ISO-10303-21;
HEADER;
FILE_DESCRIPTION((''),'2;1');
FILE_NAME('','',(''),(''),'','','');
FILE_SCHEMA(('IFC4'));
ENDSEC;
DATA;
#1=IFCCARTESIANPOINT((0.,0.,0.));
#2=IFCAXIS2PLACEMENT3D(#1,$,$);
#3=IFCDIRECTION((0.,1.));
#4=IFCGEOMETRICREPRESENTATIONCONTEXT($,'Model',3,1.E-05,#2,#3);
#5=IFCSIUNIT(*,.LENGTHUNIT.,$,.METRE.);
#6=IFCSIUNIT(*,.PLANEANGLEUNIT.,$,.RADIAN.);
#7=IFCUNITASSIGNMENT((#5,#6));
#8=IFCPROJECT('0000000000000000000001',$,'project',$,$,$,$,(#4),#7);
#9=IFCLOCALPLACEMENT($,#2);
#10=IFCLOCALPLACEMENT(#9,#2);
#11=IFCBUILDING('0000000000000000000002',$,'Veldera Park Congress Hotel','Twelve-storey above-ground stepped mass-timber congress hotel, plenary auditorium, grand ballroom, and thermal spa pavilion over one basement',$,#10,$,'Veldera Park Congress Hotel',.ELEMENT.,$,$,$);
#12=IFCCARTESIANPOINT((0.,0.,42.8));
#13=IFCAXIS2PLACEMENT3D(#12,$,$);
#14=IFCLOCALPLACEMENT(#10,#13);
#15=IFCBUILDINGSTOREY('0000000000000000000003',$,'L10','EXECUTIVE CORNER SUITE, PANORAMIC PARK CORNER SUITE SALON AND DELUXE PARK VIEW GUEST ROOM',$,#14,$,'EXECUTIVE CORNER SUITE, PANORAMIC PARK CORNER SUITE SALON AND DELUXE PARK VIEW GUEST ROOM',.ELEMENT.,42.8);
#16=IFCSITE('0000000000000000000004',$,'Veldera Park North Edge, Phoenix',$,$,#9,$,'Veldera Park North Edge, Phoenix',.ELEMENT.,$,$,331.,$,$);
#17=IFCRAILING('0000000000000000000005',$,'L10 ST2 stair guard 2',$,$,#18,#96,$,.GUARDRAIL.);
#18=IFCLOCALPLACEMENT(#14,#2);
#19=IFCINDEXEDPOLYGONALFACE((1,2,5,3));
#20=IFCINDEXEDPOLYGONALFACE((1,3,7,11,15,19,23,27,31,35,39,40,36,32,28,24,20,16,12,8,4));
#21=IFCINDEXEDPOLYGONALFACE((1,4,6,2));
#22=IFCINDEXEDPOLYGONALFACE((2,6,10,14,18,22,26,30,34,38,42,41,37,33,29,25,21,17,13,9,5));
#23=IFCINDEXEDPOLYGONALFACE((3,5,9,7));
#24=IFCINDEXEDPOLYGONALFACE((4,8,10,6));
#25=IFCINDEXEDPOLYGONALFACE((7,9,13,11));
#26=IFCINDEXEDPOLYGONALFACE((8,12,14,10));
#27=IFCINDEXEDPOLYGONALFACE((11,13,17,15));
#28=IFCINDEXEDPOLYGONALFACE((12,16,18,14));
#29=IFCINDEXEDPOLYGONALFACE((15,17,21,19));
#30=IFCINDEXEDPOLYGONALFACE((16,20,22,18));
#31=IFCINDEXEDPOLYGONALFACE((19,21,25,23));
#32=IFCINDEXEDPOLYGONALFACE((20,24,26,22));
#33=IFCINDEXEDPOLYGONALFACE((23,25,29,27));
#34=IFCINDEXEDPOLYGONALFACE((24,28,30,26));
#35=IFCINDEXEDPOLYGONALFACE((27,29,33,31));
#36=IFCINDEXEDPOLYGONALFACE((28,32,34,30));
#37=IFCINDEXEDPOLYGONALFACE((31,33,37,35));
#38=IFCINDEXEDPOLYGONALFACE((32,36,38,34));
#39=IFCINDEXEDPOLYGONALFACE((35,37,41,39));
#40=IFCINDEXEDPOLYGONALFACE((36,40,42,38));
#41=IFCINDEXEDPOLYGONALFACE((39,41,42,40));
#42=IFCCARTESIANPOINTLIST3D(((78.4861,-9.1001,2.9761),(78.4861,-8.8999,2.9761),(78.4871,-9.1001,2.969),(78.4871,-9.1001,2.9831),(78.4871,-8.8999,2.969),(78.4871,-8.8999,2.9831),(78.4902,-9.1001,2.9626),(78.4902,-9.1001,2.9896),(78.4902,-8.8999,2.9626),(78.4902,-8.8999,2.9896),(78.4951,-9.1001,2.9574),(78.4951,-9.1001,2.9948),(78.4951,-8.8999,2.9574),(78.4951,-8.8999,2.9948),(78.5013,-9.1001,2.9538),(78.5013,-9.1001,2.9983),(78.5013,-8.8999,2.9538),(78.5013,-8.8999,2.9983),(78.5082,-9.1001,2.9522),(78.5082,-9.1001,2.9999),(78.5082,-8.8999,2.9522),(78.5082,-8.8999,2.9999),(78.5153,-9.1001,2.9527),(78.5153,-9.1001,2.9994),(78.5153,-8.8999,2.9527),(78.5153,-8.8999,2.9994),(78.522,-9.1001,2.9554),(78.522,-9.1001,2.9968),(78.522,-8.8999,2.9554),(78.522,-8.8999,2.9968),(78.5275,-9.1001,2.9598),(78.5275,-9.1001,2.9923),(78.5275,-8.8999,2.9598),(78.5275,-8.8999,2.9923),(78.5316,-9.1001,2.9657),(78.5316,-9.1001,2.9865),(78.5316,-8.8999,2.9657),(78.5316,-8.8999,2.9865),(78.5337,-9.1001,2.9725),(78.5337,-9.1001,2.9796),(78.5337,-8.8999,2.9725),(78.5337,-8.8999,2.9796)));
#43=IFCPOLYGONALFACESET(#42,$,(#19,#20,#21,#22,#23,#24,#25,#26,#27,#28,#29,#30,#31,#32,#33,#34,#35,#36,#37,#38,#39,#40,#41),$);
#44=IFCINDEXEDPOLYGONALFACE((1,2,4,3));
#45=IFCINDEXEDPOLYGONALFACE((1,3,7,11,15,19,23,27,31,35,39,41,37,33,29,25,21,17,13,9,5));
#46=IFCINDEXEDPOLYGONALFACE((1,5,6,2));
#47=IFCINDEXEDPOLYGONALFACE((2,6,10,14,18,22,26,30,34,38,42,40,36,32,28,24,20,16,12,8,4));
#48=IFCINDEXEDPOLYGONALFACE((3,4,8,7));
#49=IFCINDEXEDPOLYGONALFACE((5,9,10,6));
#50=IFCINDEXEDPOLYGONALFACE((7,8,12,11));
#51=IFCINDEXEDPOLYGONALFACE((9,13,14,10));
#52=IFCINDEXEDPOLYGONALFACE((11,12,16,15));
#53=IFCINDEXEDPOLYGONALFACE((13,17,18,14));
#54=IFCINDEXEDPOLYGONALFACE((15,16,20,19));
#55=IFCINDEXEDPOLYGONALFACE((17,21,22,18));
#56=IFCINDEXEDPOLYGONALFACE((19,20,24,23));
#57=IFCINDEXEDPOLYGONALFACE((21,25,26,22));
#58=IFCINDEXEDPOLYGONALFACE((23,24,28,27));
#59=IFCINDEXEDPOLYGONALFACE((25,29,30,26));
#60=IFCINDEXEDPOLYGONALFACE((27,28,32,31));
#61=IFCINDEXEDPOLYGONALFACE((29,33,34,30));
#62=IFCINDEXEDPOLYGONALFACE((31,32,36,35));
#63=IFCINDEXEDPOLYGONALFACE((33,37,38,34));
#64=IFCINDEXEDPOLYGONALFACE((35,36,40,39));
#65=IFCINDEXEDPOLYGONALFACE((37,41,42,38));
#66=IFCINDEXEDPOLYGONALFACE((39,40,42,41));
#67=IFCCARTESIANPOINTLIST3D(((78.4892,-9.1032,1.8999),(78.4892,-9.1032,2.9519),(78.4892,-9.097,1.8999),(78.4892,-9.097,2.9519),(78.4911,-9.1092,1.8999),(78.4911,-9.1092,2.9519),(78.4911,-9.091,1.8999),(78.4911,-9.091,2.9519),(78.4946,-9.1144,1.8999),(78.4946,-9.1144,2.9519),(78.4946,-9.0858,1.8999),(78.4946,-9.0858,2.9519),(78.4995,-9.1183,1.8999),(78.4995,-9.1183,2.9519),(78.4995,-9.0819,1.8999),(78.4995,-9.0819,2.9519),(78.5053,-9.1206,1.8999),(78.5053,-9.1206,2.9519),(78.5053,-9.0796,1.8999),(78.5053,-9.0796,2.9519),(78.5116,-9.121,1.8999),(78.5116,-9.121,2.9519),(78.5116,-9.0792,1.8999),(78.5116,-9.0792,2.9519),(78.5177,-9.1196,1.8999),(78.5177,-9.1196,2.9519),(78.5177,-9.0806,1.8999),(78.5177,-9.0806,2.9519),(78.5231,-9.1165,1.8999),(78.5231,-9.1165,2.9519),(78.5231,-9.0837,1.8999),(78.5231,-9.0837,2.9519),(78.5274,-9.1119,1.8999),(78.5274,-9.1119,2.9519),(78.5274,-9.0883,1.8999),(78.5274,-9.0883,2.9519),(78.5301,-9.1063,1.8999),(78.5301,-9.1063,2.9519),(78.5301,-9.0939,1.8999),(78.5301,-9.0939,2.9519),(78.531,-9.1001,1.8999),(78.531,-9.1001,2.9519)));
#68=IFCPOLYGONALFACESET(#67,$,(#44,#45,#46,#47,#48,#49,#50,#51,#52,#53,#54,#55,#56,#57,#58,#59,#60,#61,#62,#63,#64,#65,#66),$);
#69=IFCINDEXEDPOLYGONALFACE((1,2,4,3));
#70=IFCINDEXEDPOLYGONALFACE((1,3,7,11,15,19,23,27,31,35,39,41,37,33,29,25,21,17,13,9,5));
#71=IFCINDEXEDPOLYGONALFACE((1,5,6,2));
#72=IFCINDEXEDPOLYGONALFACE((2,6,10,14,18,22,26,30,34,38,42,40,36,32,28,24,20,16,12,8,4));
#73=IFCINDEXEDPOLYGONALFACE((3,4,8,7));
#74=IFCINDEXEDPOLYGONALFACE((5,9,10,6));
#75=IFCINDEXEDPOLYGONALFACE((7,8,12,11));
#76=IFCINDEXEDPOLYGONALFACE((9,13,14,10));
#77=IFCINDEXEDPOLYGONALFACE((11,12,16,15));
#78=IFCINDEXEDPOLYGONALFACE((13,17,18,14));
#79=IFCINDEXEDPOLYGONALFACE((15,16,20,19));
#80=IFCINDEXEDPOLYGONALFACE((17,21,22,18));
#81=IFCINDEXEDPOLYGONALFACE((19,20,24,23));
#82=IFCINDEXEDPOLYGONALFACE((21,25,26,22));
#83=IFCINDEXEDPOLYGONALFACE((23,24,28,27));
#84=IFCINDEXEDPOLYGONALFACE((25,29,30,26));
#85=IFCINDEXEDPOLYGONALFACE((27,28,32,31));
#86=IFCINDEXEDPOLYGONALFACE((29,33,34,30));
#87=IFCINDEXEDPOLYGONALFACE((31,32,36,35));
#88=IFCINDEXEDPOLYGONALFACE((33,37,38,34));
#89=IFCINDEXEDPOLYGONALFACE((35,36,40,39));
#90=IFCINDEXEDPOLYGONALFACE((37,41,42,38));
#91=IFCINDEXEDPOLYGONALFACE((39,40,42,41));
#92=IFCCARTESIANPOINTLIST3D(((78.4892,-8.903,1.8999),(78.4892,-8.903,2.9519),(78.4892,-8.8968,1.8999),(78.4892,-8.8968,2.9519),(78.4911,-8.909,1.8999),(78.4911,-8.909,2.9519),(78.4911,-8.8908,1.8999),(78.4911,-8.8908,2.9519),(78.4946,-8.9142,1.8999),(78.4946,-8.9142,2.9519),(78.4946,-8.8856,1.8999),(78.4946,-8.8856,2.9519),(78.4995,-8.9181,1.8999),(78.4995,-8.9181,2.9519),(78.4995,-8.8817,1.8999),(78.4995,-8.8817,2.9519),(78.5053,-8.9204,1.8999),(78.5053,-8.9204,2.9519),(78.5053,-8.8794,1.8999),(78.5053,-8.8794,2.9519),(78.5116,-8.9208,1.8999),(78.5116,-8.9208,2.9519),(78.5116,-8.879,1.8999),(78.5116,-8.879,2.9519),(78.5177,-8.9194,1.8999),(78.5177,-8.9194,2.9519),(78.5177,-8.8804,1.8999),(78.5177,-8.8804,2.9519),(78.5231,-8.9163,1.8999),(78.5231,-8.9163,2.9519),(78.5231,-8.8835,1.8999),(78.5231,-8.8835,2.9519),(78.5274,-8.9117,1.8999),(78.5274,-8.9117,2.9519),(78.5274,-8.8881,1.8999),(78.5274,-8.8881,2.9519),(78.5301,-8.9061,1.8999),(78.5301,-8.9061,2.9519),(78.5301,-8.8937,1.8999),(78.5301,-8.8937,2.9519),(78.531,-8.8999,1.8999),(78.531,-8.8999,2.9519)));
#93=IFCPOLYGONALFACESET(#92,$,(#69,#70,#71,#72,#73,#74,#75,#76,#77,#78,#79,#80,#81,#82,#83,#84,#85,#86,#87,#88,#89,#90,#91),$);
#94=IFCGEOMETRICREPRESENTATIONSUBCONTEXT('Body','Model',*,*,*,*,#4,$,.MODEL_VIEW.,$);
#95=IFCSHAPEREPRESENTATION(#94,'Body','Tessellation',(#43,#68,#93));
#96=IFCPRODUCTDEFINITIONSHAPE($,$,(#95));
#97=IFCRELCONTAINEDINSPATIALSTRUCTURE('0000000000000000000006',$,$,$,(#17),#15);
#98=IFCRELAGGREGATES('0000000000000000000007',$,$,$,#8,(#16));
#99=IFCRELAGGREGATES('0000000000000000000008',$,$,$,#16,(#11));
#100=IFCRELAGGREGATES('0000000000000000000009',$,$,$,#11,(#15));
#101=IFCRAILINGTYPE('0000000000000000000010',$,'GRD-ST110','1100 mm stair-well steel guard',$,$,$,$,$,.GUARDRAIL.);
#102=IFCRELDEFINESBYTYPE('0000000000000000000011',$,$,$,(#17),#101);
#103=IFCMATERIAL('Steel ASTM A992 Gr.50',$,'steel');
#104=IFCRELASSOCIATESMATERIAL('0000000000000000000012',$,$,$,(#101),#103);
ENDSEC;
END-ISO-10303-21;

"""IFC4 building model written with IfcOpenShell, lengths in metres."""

from ifc_helpers import new_model, si_unit, direction, frame, origin, origin_2d, place, context, subcontext, project, spatial, circle, extrude, material, type_object, element, save


model = new_model("IFC4")

# Units and contexts
model_context = context("Model", 3, precision=1e-05, world=origin(), true_north=direction((0.0, 1.0)))
body_context = subcontext(model_context, "Body", "Model", "MODEL_VIEW")
ifc_project = project(units=[si_unit("LENGTHUNIT", "METRE"), si_unit("PLANEANGLEUNIT", "RADIAN")], contexts=[model_context])

# Site, building, storey
site_placement = place(None, origin())
site = spatial("IfcSite", under=ifc_project, at=site_placement, Name="Veldera Park North Edge, Phoenix", LongName="Veldera Park North Edge, Phoenix", CompositionType="ELEMENT", RefElevation=331.0)
building_placement = place(site_placement, origin())
building = spatial("IfcBuilding", under=site, at=building_placement, Name="Veldera Park Congress Hotel", Description="Twelve-storey above-ground stepped mass-timber congress hotel, plenary auditorium, grand ballroom, and thermal spa pavilion over one basement", LongName="Veldera Park Congress Hotel", CompositionType="ELEMENT")
storey_placement = place(building_placement, frame((0.0, 0.0, 42.8)))
storey = spatial("IfcBuildingStorey", under=building, at=storey_placement, Name="L10", Description="EXECUTIVE CORNER SUITE, PANORAMIC PARK CORNER SUITE SALON AND DELUXE PARK VIEW GUEST ROOM", LongName="EXECUTIVE CORNER SUITE, PANORAMIC PARK CORNER SUITE SALON AND DELUXE PARK VIEW GUEST ROOM", CompositionType="ELEMENT", Elevation=42.8)

# Railing
ifc_material_1 = material(Name="Steel ASTM A992 Gr.50", Category="steel")
railing_type_1 = type_object("IfcRailingType", Name="GRD-ST110", Description="1100 mm stair-well steel guard", PredefinedType="GUARDRAIL", material=ifc_material_1)
railing_1_placement = place(storey_placement, frame((78.51, -9.1001, 1.8999)))
element("IfcRailing", 1, at=railing_1_placement, inside=storey, type_object=railing_type_1, Name="L10 ST2 stair guard 2", PredefinedType="GUARDRAIL", context=body_context, shape_type="SweptSolid", body=[
    extrude(circle(Radius=0.0239, at=origin_2d()), frame((0.0, 0.0, 1.0762), z_axis=(0.0, 1.0, 0.0), x_axis=(-1.0, 0.0, 0.0)), (0.0, 0.0, 1.0), 0.2002),
    extrude(circle(Radius=0.021, at=origin_2d()), origin(), (0.0, 0.0, 1.0), 1.052),
    extrude(circle(Radius=0.021, at=origin_2d()), frame((0.0, 0.2002, 0.0)), (0.0, 0.0, 1.0), 1.052),
])

save(model, "model.ifc")
